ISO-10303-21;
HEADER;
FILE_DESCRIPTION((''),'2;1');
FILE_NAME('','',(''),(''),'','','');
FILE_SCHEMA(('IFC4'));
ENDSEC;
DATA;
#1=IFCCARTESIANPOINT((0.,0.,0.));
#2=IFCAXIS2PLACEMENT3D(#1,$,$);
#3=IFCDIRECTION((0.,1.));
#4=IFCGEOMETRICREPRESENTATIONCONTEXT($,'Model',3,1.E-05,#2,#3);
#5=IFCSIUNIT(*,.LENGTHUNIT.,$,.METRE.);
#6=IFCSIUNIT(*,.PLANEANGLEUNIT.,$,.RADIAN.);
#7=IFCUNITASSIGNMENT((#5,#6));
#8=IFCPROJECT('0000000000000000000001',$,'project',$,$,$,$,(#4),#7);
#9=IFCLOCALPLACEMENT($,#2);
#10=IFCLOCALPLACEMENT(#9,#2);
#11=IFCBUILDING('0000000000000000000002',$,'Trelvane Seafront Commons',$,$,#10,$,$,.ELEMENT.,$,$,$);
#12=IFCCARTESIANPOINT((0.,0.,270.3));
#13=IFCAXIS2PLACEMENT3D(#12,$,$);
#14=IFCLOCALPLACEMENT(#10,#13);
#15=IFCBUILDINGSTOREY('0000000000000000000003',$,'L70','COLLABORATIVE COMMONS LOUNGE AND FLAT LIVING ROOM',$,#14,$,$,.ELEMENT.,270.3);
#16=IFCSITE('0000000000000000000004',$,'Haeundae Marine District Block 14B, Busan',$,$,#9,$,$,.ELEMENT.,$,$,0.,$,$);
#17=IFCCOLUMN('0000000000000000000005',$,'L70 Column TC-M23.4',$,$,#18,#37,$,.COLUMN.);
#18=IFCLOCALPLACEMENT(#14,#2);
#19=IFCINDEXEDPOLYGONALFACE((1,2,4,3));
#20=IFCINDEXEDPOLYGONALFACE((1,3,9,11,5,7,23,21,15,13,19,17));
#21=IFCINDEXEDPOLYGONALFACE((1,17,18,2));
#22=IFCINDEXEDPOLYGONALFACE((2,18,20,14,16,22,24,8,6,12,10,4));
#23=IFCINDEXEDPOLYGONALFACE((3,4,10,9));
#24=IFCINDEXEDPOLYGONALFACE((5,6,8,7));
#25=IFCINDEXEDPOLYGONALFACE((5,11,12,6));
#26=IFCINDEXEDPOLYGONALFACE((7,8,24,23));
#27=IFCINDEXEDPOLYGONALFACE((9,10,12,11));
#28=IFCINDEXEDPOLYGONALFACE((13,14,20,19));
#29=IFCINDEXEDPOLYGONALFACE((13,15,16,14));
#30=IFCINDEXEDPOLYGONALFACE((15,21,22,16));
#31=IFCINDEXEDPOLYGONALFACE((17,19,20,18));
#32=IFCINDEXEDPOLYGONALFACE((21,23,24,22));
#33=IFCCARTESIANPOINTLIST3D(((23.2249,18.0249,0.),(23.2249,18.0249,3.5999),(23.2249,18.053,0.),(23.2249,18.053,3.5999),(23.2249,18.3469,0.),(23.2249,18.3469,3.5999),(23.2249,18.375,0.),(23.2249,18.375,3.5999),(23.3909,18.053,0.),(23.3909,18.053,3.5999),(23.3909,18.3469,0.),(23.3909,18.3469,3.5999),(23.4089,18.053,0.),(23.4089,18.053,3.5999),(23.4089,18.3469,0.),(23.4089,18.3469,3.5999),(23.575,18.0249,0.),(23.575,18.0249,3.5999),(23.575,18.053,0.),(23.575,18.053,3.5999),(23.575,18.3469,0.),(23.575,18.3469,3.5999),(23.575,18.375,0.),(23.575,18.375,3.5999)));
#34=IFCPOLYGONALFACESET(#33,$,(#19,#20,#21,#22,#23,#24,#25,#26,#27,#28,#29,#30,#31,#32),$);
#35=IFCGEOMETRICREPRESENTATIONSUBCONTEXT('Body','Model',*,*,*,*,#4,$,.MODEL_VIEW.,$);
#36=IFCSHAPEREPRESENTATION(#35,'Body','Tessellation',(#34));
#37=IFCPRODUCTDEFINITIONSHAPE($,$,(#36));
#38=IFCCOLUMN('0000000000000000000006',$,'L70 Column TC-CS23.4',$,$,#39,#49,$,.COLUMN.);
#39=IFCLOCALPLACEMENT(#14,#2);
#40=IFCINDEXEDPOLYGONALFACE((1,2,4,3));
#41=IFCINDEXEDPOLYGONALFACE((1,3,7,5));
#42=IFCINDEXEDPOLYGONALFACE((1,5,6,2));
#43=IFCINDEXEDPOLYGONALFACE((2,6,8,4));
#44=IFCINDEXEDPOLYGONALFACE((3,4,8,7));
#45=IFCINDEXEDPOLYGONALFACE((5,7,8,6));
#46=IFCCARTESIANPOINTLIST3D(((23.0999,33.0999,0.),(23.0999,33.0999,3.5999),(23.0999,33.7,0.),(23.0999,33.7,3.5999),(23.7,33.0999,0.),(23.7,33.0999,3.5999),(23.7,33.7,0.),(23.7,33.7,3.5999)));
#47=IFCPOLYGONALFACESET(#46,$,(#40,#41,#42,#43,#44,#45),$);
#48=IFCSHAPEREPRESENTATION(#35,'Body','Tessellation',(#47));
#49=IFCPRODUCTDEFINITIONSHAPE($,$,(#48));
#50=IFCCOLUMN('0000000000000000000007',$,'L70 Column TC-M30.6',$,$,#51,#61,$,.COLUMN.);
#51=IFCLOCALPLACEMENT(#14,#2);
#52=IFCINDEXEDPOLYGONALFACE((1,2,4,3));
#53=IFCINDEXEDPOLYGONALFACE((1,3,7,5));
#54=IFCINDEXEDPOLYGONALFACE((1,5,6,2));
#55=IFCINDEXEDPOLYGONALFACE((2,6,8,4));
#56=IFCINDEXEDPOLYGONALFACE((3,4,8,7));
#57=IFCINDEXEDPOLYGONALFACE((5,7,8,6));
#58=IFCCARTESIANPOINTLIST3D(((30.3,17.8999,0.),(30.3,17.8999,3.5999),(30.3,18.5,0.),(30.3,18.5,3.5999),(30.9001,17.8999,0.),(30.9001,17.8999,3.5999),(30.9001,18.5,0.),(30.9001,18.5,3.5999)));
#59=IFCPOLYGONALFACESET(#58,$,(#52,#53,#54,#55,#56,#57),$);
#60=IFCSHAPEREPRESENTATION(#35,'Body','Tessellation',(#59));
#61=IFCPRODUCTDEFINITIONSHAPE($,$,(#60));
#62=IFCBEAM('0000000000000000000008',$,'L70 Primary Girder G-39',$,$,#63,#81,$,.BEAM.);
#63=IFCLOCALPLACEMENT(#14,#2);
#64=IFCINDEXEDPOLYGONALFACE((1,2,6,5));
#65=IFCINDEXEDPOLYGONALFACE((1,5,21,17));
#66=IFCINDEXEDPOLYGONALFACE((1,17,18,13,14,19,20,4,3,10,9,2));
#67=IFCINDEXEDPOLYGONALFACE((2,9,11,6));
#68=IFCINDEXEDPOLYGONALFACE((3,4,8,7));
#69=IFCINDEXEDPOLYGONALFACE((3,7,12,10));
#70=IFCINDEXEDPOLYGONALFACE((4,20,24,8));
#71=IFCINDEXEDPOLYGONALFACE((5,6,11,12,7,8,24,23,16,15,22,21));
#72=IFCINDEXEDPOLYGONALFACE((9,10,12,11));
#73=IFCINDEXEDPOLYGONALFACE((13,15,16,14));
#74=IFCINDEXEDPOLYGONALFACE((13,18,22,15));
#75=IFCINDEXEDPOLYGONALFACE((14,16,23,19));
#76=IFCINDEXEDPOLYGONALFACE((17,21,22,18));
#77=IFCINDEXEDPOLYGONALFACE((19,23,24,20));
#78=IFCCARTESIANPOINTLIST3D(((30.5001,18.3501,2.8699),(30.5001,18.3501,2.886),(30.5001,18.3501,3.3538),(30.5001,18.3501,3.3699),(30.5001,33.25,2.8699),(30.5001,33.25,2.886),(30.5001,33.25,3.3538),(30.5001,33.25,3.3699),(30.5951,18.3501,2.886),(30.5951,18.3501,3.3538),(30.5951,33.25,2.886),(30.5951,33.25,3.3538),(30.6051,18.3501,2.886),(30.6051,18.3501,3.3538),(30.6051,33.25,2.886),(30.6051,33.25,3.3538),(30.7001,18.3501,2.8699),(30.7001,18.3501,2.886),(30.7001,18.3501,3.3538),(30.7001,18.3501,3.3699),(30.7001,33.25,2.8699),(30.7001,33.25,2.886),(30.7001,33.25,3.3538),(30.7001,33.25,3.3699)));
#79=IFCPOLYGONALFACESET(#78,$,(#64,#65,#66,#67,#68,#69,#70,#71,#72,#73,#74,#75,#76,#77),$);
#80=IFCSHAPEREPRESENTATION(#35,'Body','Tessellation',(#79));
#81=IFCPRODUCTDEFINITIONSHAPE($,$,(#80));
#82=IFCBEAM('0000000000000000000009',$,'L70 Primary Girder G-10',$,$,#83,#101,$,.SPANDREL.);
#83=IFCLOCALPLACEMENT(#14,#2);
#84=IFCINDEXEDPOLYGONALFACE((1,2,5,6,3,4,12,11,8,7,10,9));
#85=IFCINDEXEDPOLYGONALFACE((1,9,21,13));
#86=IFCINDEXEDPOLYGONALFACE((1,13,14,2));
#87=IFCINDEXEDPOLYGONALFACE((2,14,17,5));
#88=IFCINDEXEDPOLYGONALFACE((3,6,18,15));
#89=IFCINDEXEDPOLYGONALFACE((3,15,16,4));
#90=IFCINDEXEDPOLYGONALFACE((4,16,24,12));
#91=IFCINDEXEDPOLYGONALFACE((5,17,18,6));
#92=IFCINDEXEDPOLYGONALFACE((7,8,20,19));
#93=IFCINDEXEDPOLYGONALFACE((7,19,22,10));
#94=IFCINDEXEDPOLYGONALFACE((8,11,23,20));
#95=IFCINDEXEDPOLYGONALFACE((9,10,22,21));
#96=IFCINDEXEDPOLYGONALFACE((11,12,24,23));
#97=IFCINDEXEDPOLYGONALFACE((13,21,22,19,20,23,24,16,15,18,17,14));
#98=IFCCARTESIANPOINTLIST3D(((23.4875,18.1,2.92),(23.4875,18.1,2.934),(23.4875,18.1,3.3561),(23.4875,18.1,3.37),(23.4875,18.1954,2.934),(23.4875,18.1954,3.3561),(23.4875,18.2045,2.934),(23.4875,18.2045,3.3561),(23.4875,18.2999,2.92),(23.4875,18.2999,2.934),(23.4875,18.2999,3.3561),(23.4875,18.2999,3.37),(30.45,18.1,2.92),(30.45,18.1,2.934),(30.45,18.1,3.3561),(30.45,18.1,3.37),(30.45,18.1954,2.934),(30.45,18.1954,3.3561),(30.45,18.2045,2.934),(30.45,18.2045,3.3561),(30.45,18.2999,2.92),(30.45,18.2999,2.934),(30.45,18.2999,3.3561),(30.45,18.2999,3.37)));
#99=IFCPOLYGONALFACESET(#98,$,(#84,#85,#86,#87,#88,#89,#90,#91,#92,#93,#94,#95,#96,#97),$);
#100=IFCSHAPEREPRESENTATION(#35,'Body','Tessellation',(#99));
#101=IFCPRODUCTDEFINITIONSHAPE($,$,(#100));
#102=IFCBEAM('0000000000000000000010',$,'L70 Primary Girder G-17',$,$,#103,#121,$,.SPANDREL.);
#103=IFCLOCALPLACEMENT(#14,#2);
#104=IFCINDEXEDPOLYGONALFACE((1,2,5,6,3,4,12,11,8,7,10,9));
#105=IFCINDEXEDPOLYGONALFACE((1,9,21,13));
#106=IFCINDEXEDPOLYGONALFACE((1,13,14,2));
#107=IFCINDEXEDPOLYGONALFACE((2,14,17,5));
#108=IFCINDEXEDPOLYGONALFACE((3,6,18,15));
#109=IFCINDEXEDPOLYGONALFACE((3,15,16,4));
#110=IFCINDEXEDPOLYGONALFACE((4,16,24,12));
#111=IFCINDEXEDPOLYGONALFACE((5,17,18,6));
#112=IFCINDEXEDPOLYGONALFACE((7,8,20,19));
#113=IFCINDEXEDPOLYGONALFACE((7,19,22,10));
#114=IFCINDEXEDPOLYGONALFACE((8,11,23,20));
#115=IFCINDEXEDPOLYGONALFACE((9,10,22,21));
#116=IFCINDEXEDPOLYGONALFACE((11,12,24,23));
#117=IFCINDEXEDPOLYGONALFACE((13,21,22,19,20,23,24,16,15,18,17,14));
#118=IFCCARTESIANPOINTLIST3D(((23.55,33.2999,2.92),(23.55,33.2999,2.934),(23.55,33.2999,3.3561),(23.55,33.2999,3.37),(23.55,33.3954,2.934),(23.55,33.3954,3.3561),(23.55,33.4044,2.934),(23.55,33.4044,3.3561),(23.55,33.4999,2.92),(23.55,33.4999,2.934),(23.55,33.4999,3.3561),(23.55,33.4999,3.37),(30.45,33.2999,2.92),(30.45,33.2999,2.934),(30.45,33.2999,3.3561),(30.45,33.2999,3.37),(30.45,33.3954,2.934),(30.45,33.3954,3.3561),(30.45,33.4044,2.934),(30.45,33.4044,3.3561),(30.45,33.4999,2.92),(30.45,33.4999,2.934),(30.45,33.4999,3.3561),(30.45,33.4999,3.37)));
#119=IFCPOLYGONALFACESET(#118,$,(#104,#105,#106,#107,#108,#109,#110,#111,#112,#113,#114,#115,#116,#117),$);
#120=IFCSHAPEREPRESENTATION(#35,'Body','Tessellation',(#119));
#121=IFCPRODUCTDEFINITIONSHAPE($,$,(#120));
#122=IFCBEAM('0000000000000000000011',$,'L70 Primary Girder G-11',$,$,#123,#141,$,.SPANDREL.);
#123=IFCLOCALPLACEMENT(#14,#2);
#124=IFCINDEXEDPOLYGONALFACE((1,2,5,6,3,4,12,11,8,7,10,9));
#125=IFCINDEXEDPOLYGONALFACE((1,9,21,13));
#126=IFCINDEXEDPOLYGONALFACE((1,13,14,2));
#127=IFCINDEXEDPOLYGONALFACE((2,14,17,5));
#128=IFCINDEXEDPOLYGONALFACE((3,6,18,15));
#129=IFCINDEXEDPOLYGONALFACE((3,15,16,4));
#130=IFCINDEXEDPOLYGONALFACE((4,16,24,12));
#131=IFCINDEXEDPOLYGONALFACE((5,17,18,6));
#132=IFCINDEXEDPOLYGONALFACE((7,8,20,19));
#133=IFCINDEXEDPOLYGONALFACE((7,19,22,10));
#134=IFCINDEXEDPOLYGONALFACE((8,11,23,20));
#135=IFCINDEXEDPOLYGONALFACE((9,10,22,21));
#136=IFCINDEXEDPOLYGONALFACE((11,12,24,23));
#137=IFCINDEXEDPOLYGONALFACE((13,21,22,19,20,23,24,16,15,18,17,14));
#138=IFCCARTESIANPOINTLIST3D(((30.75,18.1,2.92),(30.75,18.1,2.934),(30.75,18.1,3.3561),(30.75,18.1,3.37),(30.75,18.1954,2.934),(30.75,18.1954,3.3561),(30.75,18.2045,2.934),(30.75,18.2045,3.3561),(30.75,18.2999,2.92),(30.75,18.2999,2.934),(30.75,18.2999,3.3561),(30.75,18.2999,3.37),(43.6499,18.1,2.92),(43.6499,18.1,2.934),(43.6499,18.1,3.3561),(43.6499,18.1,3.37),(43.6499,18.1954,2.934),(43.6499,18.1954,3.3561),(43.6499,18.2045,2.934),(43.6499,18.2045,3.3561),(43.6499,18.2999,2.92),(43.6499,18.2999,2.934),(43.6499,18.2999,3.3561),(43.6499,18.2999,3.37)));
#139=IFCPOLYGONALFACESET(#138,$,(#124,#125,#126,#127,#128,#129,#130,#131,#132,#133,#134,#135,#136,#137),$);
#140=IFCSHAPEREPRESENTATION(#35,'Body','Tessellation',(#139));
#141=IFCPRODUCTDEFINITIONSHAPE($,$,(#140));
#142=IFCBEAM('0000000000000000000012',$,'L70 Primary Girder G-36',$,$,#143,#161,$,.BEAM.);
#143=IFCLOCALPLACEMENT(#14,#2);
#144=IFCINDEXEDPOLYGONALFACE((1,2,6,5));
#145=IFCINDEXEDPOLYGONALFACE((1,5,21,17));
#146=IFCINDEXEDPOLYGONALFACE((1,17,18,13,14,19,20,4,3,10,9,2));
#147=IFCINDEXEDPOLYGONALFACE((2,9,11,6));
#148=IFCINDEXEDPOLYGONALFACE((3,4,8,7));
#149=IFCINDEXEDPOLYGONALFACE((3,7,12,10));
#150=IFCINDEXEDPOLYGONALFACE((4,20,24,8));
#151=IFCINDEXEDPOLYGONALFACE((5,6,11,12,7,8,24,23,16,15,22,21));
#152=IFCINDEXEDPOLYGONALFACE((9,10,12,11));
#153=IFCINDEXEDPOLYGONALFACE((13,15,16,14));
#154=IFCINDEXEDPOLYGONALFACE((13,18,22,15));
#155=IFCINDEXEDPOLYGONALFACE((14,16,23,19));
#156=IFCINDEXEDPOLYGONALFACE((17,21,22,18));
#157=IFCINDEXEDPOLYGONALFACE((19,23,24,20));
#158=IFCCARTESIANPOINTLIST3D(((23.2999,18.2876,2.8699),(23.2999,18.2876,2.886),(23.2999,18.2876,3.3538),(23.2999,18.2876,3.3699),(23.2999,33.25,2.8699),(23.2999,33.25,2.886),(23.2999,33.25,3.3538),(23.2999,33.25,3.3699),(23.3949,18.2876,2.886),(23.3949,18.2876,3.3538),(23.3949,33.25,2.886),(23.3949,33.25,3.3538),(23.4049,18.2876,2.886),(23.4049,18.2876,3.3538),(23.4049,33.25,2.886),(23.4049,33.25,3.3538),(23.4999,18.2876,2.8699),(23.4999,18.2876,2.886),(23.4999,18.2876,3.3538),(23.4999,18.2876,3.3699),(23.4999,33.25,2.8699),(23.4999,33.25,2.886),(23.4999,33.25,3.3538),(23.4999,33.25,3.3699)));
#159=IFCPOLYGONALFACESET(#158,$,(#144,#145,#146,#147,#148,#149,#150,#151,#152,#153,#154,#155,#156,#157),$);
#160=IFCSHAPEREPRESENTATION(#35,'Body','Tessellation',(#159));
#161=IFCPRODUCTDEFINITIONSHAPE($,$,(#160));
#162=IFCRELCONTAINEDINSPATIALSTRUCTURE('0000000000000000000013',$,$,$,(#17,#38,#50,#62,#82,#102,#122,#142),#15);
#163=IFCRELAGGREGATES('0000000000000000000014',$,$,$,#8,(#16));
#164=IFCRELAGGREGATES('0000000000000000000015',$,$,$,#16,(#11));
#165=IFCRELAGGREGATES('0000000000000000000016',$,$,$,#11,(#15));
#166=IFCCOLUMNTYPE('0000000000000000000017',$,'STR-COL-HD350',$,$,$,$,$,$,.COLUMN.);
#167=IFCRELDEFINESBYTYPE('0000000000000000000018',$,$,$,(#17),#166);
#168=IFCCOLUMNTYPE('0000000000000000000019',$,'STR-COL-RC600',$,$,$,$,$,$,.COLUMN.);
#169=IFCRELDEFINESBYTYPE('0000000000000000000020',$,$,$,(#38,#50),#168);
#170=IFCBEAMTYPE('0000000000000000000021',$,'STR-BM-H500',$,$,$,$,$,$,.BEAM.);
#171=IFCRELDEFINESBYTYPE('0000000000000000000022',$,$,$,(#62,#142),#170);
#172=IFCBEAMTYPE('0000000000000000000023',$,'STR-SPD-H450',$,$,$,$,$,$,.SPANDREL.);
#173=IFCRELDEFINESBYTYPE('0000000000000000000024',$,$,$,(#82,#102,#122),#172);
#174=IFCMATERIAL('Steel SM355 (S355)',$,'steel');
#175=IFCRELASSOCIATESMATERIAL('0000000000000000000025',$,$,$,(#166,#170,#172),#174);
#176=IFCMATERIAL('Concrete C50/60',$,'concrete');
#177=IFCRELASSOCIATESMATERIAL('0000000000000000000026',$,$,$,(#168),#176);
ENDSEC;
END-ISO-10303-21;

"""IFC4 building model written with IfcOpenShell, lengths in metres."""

from ifc_helpers import new_model, si_unit, direction, frame, origin, origin_2d, place, context, subcontext, project, spatial, rectangle, i_section, extrude, source, transform, mapped, material, material_profile, profile_set, type_object, element, save


model = new_model("IFC4")

# Units and contexts
model_context = context("Model", 3, precision=1e-05, world=origin(), true_north=direction((0.0, 1.0)))
body_context = subcontext(model_context, "Body", "Model", "MODEL_VIEW")
ifc_project = project(units=[si_unit("LENGTHUNIT", "METRE"), si_unit("PLANEANGLEUNIT", "RADIAN")], contexts=[model_context])

# Site, building, storey
site_placement = place(None, origin())
site = spatial("IfcSite", under=ifc_project, at=site_placement, Name="Haeundae Marine District Block 14B, Busan", CompositionType="ELEMENT", RefElevation=0.0)
building_placement = place(site_placement, origin())
building = spatial("IfcBuilding", under=site, at=building_placement, Name="Trelvane Seafront Commons", CompositionType="ELEMENT")
storey_placement = place(building_placement, frame((0.0, 0.0, 270.3)))
storey = spatial("IfcBuildingStorey", under=building, at=storey_placement, Name="L70", Description="COLLABORATIVE COMMONS LOUNGE AND FLAT LIVING ROOM", CompositionType="ELEMENT", Elevation=270.3)

# Columns
ifc_material_1 = material(Name="Steel SM355 (S355)", Category="steel")
ifc_material_profile_1 = material_profile(ifc_material_1, i_section(OverallWidth=0.3501, OverallDepth=0.3501, WebThickness=0.0181, FlangeThickness=0.0281, at=origin_2d()), Name="HD-350x350x18x28")
ifc_profile_set_1 = profile_set([ifc_material_profile_1], Name="Steel SM355 (S355)")
column_type_1 = type_object("IfcColumnType", Name="STR-COL-HD350", PredefinedType="COLUMN", material=ifc_profile_set_1)
shared_shape_1 = source(origin(), body_context, "Body", "SweptSolid", [
    extrude(i_section(OverallWidth=0.3501, OverallDepth=0.3501, WebThickness=0.0181, FlangeThickness=0.0281, at=origin_2d()), origin(), (0.0, 0.0, 1.0), 3.5999),
])
column_placement = place(storey_placement, frame((23.3999, 18.2, 0.0), z_axis=(0.0, 0.0, 1.0), x_axis=(1.0, 0.0, 0.0)))
element("IfcColumn", 1, at=column_placement, inside=storey, type_object=column_type_1, Name="L70 Column TC-M23.4", PredefinedType="COLUMN", context=body_context, shape_type="MappedRepresentation", body=[
    mapped(shared_shape_1, transform((0.0, 0.0, 0.0), x_axis=(1.0, 0.0, 0.0), y_axis=(0.0, 1.0, 0.0), z_axis=(0.0, 0.0, 1.0), scale=1.0)),
])
ifc_material_2 = material(Name="Concrete C50/60", Category="concrete")
ifc_material_profile_2 = material_profile(ifc_material_2, rectangle(XDim=0.6001, YDim=0.6001, at=origin_2d()), Name="RC-600x600")
ifc_profile_set_2 = profile_set([ifc_material_profile_2], Name="Concrete C50/60")
column_type_2 = type_object("IfcColumnType", Name="STR-COL-RC600", PredefinedType="COLUMN", material=ifc_profile_set_2)
shared_shape_2 = source(origin(), body_context, "Body", "SweptSolid", [
    extrude(rectangle(XDim=0.6001, YDim=0.6001, at=origin_2d()), origin(), (0.0, 0.0, 1.0), 3.5999),
])
for number, where, z_axis, x_axis, name in (
    (2, (23.3999, 33.3999, 0.0), (0.0, 0.0, 1.0), (1.0, 0.0, 0.0), "L70 Column TC-CS23.4"),
    (3, (30.6001, 18.2, 0.0), (0.0, 0.0, 1.0), (1.0, 0.0, 0.0), "L70 Column TC-M30.6"),
):
    element("IfcColumn", number, at=place(storey_placement, frame(where, z_axis=z_axis, x_axis=x_axis)), inside=storey, type_object=column_type_2, Name=name, PredefinedType="COLUMN", context=body_context, shape_type="MappedRepresentation", body=[
        mapped(shared_shape_2, transform((0.0, 0.0, 0.0), x_axis=(1.0, 0.0, 0.0), y_axis=(0.0, 1.0, 0.0), z_axis=(0.0, 0.0, 1.0), scale=1.0)),
    ])

# Beams
ifc_material_profile_3 = material_profile(ifc_material_1, i_section(OverallWidth=0.2, OverallDepth=0.5, WebThickness=0.01, FlangeThickness=0.0161, at=origin_2d()), Name="H-500x200x10x16")
ifc_profile_set_3 = profile_set([ifc_material_profile_3], Name="Steel SM355 (S355)")
beam_type_1 = type_object("IfcBeamType", Name="STR-BM-H500", PredefinedType="BEAM", material=ifc_profile_set_3)
shared_shape_3 = source(origin(), body_context, "Body", "SweptSolid", [
    extrude(i_section(OverallWidth=0.2, OverallDepth=0.5, WebThickness=0.01, FlangeThickness=0.0161, at=origin_2d()), origin(), (0.0, 0.0, 1.0), 14.8999),
])
beam_1_placement = place(storey_placement, frame((30.6001, 18.3501, 3.1199), z_axis=(0.0, 1.0, 0.0), x_axis=(-1.0, 0.0, 0.0)))
element("IfcBeam", 4, at=beam_1_placement, inside=storey, type_object=beam_type_1, Name="L70 Primary Girder G-39", PredefinedType="BEAM", context=body_context, shape_type="MappedRepresentation", body=[
    mapped(shared_shape_3, transform((0.0, 0.0, 0.0), x_axis=(1.0, 0.0, 0.0), y_axis=(0.0, 1.0, 0.0), z_axis=(0.0, 0.0, 1.0), scale=1.0)),
])
ifc_material_profile_4 = material_profile(ifc_material_1, i_section(OverallWidth=0.2, OverallDepth=0.45, WebThickness=0.009, FlangeThickness=0.0139, at=origin_2d()), Name="H-450x200x9x14")
ifc_profile_set_4 = profile_set([ifc_material_profile_4], Name="Steel SM355 (S355)")
beam_type_2 = type_object("IfcBeamType", Name="STR-SPD-H450", PredefinedType="SPANDREL", material=ifc_profile_set_4)
shared_shape_4 = source(origin(), body_context, "Body", "SweptSolid", [
    extrude(i_section(OverallWidth=0.2, OverallDepth=0.45, WebThickness=0.009, FlangeThickness=0.0139, at=origin_2d()), origin(), (0.0, 0.0, 1.0), 6.9624),
])
beam_2_placement = place(storey_placement, frame((23.4875, 18.2, 3.145), z_axis=(1.0, 0.0, 0.0), x_axis=(0.0, 1.0, 0.0)))
element("IfcBeam", 5, at=beam_2_placement, inside=storey, type_object=beam_type_2, Name="L70 Primary Girder G-10", PredefinedType="SPANDREL", context=body_context, shape_type="MappedRepresentation", body=[
    mapped(shared_shape_4, transform((0.0, 0.0, 0.0), x_axis=(1.0, 0.0, 0.0), y_axis=(0.0, 1.0, 0.0), z_axis=(0.0, 0.0, 1.0), scale=1.0)),
])
shared_shape_5 = source(origin(), body_context, "Body", "SweptSolid", [
    extrude(i_section(OverallWidth=0.2, OverallDepth=0.45, WebThickness=0.009, FlangeThickness=0.0139, at=origin_2d()), origin(), (0.0, 0.0, 1.0), 6.8999),
])
beam_3_placement = place(storey_placement, frame((23.55, 33.3999, 3.145), z_axis=(1.0, 0.0, 0.0), x_axis=(0.0, 1.0, 0.0)))
element("IfcBeam", 6, at=beam_3_placement, inside=storey, type_object=beam_type_2, Name="L70 Primary Girder G-17", PredefinedType="SPANDREL", context=body_context, shape_type="MappedRepresentation", body=[
    mapped(shared_shape_5, transform((0.0, 0.0, 0.0), x_axis=(1.0, 0.0, 0.0), y_axis=(0.0, 1.0, 0.0), z_axis=(0.0, 0.0, 1.0), scale=1.0)),
])
shared_shape_6 = source(origin(), body_context, "Body", "SweptSolid", [
    extrude(i_section(OverallWidth=0.2, OverallDepth=0.45, WebThickness=0.009, FlangeThickness=0.0139, at=origin_2d()), origin(), (0.0, 0.0, 1.0), 12.8999),
])
beam_4_placement = place(storey_placement, frame((30.75, 18.2, 3.145), z_axis=(1.0, 0.0, 0.0), x_axis=(0.0, 1.0, 0.0)))
element("IfcBeam", 7, at=beam_4_placement, inside=storey, type_object=beam_type_2, Name="L70 Primary Girder G-11", PredefinedType="SPANDREL", context=body_context, shape_type="MappedRepresentation", body=[
    mapped(shared_shape_6, transform((0.0, 0.0, 0.0), x_axis=(1.0, 0.0, 0.0), y_axis=(0.0, 1.0, 0.0), z_axis=(0.0, 0.0, 1.0), scale=1.0)),
])
shared_shape_7 = source(origin(), body_context, "Body", "SweptSolid", [
    extrude(i_section(OverallWidth=0.2, OverallDepth=0.5, WebThickness=0.01, FlangeThickness=0.0161, at=origin_2d()), origin(), (0.0, 0.0, 1.0), 14.9624),
])
beam_5_placement = place(storey_placement, frame((23.3999, 18.2876, 3.1199), z_axis=(0.0, 1.0, 0.0), x_axis=(-1.0, 0.0, 0.0)))
element("IfcBeam", 8, at=beam_5_placement, inside=storey, type_object=beam_type_1, Name="L70 Primary Girder G-36", PredefinedType="BEAM", context=body_context, shape_type="MappedRepresentation", body=[
    mapped(shared_shape_7, transform((0.0, 0.0, 0.0), x_axis=(1.0, 0.0, 0.0), y_axis=(0.0, 1.0, 0.0), z_axis=(0.0, 0.0, 1.0), scale=1.0)),
])

save(model, "model.ifc")
